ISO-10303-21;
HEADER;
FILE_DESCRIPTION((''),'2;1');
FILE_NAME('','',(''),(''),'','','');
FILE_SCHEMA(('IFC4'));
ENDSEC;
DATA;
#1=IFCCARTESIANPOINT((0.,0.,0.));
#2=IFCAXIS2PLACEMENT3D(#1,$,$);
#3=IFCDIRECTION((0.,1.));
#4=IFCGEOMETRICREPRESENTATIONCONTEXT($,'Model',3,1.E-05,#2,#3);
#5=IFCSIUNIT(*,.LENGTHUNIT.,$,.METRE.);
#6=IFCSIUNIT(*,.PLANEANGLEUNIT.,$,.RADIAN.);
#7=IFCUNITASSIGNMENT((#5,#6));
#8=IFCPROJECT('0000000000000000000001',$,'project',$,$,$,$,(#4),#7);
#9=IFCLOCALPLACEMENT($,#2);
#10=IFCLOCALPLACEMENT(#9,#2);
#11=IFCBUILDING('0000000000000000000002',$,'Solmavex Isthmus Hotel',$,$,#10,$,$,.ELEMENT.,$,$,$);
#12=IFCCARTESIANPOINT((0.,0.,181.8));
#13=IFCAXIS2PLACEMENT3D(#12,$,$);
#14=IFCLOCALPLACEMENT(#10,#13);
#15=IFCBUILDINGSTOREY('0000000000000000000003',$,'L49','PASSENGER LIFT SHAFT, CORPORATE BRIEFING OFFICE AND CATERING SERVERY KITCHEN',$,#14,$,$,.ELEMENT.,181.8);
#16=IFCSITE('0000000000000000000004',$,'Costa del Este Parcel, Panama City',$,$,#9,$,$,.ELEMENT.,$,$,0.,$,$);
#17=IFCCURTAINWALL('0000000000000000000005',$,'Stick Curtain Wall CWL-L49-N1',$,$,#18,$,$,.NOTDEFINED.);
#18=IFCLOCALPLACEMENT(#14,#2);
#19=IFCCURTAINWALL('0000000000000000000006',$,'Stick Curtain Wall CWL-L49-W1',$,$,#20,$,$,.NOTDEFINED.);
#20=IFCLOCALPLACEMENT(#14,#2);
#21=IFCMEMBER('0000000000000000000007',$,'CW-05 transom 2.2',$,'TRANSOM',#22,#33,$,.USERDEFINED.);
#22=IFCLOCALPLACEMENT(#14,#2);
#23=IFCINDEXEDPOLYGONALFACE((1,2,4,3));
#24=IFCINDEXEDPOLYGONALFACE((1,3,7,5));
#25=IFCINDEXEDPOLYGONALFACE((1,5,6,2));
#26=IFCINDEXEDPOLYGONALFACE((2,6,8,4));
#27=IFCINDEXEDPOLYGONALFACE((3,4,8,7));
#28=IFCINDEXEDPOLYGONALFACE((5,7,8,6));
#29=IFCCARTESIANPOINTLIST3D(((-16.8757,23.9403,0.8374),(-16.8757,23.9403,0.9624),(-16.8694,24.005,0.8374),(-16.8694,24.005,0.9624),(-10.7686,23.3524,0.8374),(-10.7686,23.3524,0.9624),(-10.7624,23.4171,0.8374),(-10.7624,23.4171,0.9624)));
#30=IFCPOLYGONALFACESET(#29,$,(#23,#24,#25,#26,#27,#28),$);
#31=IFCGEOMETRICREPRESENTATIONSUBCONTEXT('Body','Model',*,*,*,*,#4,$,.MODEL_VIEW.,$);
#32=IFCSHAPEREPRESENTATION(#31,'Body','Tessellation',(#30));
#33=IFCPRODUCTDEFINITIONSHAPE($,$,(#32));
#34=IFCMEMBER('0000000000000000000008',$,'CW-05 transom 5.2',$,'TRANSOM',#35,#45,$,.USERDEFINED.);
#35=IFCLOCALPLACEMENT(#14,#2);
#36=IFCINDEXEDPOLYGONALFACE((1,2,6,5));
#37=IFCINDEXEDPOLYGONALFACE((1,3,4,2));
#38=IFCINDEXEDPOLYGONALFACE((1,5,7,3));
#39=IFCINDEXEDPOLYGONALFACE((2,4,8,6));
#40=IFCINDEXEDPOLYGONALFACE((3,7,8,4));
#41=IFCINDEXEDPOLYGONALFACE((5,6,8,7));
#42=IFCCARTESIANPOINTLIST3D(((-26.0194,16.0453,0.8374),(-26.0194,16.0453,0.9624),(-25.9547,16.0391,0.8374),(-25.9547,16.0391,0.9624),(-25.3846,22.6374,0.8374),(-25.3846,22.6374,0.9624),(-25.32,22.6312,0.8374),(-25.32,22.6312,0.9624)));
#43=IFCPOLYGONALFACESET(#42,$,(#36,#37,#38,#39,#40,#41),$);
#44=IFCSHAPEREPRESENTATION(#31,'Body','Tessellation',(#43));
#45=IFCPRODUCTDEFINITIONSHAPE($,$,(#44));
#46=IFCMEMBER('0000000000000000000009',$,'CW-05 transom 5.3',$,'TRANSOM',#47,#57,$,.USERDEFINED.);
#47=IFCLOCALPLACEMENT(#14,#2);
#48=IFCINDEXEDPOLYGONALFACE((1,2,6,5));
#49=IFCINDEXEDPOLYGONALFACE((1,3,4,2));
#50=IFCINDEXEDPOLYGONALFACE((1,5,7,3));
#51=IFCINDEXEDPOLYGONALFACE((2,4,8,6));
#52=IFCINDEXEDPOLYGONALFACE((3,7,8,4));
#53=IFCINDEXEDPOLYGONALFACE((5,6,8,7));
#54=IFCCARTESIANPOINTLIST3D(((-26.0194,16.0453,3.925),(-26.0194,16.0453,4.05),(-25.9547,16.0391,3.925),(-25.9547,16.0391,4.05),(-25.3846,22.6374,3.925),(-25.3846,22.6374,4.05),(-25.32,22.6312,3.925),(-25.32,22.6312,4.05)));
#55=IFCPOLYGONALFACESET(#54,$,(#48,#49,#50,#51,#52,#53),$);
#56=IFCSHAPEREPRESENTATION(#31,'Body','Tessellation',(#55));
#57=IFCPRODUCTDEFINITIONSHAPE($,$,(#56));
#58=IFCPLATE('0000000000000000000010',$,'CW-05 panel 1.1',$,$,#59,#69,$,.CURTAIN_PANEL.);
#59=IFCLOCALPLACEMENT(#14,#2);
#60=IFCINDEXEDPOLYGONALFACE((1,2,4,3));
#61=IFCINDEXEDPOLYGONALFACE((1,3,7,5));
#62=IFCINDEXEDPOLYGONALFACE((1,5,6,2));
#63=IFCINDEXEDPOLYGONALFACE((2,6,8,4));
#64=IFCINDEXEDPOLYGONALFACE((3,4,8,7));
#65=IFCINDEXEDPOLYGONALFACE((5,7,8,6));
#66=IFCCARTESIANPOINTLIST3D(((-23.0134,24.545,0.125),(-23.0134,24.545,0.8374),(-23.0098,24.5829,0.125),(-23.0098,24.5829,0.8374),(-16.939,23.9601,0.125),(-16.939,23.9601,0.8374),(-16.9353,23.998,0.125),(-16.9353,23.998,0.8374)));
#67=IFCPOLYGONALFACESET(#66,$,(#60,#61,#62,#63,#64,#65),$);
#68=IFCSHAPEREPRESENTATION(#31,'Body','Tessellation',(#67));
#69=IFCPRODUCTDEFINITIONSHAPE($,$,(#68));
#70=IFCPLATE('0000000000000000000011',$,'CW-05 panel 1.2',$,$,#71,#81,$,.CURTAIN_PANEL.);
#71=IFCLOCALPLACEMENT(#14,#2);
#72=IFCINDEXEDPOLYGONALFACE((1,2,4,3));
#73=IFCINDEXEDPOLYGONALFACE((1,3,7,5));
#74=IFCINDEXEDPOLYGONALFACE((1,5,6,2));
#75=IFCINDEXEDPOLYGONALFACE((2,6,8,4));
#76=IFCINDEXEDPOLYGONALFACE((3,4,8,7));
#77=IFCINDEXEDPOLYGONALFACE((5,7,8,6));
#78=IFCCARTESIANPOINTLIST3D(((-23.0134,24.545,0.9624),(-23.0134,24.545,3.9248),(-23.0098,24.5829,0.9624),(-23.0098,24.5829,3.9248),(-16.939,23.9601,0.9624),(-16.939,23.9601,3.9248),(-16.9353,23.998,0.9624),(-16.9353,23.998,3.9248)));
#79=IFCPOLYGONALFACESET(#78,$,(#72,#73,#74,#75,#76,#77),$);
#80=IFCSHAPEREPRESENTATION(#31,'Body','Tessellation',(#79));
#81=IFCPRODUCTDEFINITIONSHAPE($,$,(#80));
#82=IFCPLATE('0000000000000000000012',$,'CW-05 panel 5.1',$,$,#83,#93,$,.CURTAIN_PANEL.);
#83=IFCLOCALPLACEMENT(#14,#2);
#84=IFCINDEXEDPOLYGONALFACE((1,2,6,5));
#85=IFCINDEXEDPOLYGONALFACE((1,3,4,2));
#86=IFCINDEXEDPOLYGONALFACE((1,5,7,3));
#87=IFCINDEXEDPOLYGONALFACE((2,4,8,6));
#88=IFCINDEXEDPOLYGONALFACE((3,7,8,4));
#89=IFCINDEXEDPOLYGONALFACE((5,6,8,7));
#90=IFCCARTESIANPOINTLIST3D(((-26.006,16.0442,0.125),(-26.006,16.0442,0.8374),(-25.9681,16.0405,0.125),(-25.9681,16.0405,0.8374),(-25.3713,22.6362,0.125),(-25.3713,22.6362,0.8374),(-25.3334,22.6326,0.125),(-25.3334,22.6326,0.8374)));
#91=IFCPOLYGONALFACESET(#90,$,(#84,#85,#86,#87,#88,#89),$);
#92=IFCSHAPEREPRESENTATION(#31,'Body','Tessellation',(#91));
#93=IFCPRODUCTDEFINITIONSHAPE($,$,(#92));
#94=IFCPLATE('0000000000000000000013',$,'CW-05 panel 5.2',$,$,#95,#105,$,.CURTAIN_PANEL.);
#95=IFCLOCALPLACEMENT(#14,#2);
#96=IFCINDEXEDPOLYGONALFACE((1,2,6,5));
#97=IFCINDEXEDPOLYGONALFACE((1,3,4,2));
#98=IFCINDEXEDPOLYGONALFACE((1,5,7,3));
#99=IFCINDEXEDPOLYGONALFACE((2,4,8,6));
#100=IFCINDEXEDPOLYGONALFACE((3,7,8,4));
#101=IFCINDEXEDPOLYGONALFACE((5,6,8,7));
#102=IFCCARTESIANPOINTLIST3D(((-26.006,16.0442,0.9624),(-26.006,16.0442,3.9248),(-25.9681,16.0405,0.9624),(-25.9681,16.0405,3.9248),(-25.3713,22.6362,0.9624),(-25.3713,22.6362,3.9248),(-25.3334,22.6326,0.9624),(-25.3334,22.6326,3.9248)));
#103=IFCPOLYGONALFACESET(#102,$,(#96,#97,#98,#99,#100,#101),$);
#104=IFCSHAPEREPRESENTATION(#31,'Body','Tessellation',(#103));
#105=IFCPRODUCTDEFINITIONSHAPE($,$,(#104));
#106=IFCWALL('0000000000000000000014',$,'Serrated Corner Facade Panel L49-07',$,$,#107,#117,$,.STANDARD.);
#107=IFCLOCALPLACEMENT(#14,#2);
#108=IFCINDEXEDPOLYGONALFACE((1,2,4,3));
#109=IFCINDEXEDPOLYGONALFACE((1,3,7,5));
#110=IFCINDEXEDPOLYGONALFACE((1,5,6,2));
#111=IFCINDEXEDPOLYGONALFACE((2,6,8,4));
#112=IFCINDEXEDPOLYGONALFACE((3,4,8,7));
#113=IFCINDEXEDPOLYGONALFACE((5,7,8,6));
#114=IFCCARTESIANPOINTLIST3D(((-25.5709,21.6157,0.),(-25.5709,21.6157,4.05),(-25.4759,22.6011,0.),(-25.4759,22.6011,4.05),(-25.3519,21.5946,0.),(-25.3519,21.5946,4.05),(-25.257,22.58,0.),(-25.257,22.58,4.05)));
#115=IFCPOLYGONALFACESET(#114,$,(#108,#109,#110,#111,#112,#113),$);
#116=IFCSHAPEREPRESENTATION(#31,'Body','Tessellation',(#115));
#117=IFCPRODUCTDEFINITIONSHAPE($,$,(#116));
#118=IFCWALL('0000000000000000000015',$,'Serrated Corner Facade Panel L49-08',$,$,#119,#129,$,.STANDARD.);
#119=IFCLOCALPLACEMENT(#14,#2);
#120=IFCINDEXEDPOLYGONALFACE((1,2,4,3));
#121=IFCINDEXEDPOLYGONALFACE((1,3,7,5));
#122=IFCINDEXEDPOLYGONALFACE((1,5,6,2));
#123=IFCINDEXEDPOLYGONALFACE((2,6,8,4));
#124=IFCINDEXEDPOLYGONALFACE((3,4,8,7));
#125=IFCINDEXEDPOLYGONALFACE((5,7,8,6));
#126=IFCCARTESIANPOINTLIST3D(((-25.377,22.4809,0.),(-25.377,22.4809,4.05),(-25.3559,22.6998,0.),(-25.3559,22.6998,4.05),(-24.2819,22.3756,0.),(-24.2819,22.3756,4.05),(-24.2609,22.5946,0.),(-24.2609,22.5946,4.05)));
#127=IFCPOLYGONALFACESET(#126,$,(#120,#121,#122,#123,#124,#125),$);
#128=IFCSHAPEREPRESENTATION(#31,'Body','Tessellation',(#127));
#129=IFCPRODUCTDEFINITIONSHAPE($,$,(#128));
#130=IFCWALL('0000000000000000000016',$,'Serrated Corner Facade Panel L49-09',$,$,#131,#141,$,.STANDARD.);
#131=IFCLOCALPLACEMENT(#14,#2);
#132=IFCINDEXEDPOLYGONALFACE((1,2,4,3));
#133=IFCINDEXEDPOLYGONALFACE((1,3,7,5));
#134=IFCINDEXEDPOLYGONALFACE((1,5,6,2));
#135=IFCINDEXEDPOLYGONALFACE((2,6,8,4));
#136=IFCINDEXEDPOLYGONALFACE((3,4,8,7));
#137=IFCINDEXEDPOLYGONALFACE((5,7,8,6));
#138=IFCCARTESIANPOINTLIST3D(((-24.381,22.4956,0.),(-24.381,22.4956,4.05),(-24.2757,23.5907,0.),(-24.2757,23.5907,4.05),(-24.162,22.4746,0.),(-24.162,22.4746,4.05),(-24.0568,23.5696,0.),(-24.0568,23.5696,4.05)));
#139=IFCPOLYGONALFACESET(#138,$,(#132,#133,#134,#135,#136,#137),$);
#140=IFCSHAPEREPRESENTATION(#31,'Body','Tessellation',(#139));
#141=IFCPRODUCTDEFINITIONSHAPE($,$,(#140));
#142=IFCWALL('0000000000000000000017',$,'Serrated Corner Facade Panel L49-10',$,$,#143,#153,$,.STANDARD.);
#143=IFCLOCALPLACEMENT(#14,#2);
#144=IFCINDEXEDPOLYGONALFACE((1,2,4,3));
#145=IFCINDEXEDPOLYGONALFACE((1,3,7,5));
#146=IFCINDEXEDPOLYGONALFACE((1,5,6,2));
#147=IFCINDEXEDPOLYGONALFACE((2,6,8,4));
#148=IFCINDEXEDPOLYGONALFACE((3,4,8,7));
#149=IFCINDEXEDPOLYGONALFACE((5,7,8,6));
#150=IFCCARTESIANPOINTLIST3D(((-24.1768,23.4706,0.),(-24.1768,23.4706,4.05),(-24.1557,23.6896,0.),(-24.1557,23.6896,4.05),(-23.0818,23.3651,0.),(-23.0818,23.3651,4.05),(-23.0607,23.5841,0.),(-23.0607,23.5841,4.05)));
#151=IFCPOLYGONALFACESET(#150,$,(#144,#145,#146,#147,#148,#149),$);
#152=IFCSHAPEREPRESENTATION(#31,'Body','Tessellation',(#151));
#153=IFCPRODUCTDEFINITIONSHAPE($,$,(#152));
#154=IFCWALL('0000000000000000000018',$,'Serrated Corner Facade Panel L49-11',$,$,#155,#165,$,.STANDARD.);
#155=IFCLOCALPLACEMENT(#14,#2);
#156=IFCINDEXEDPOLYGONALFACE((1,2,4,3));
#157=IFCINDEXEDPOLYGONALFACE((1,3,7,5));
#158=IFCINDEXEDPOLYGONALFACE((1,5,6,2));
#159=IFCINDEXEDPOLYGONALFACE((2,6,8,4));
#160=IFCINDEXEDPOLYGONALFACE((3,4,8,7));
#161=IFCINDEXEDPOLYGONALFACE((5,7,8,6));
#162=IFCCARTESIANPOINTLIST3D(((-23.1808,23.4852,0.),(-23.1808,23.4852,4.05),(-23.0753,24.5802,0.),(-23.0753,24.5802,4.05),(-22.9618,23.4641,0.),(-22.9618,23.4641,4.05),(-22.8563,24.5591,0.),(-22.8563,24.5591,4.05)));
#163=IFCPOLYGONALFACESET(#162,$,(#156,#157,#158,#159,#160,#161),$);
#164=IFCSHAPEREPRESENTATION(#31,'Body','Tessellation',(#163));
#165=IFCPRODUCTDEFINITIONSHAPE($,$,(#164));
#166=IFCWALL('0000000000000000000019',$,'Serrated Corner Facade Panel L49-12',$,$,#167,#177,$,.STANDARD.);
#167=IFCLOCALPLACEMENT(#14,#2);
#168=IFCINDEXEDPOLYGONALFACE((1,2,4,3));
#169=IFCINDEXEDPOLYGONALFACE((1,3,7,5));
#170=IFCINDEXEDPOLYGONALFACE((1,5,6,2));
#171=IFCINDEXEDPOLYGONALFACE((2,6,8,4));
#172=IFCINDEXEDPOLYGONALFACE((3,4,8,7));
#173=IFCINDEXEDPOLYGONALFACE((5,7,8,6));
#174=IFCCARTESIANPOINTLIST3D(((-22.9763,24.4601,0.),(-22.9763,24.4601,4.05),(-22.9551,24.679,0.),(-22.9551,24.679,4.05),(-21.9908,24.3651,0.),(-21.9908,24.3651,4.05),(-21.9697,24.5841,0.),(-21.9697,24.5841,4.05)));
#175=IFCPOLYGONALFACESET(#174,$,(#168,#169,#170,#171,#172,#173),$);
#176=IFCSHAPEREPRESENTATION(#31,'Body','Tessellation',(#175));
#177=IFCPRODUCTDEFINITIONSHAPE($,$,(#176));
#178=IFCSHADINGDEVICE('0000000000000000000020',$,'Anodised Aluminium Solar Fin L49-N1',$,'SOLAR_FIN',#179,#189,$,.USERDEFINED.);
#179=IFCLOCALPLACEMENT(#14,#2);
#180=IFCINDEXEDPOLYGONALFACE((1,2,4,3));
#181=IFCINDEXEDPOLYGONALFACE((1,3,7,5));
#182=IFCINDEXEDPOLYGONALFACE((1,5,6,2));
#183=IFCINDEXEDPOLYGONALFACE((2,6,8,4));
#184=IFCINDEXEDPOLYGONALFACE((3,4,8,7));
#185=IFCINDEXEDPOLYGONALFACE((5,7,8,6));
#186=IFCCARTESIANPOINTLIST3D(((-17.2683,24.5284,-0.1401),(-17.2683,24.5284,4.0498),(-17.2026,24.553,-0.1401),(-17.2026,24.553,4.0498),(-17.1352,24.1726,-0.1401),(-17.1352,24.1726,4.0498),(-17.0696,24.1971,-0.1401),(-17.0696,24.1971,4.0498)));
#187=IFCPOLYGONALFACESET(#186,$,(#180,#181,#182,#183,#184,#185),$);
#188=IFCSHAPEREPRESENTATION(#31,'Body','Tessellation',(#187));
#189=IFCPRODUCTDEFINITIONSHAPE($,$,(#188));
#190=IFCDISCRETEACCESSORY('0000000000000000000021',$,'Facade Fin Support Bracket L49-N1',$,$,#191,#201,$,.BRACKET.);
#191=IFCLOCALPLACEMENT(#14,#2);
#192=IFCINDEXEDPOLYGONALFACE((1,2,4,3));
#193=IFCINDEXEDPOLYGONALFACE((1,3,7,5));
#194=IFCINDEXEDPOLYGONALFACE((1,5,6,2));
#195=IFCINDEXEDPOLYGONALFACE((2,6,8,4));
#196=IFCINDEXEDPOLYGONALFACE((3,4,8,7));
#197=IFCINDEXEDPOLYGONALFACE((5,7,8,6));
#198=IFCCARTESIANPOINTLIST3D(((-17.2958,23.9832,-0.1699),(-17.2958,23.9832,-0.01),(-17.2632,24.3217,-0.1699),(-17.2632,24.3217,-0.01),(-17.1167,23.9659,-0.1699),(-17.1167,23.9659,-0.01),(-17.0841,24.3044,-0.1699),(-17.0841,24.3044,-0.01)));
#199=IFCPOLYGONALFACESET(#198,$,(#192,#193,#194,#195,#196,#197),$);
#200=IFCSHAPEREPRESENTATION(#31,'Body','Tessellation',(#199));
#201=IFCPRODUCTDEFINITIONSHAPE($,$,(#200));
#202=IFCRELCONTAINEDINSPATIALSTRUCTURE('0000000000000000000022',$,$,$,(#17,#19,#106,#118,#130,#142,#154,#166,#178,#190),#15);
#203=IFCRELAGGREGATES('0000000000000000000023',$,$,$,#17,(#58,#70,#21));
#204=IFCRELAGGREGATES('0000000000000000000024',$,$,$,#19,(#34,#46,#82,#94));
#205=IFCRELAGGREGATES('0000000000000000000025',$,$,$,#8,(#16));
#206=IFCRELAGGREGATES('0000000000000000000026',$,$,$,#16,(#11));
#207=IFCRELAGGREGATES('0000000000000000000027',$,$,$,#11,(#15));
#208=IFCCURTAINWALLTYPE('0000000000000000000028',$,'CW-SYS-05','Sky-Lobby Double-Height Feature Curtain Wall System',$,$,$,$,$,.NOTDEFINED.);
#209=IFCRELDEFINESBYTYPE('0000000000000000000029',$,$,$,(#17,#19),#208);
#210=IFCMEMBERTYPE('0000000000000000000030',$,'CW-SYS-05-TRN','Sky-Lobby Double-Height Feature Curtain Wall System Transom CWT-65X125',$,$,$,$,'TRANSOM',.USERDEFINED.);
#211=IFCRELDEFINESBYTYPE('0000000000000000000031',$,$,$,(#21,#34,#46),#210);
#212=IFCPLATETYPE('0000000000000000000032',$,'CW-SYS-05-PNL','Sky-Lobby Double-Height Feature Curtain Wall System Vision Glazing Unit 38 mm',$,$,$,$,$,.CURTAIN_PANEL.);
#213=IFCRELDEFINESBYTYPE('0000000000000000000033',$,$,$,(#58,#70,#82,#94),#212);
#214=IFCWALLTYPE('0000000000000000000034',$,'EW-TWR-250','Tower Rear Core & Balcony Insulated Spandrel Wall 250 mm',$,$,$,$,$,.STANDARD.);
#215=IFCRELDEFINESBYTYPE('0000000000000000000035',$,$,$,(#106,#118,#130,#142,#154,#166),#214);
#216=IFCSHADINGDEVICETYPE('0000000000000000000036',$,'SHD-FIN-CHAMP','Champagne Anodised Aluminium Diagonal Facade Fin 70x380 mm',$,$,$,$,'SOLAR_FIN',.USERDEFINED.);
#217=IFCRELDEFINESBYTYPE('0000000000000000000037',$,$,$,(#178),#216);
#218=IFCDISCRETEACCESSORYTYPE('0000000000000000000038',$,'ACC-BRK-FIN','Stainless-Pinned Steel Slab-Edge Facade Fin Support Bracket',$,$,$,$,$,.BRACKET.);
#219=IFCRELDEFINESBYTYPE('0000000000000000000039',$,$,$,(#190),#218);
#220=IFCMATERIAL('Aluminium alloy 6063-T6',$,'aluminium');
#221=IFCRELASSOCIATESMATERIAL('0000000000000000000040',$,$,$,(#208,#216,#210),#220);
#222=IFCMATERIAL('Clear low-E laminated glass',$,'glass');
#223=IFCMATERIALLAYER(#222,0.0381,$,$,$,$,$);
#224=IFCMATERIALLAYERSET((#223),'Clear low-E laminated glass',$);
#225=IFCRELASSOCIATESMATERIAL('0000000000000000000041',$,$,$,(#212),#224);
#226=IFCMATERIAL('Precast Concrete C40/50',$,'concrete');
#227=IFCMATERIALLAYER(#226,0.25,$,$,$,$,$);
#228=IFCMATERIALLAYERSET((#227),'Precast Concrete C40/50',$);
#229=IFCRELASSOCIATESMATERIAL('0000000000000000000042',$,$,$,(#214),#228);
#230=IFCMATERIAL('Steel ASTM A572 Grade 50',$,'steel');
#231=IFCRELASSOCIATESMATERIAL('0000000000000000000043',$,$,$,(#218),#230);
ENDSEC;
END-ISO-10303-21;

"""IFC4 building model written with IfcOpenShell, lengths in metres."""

from ifc_helpers import new_model, si_unit, direction, frame, frame_2d, origin, origin_2d, place, context, subcontext, project, spatial, rectangle, extrude, material, layer, layer_set, material_profile, profile_set, type_object, element, aggregate, save


model = new_model("IFC4")

# Units and contexts
model_context = context("Model", 3, precision=1e-05, world=origin(), true_north=direction((0.0, 1.0)))
body_context = subcontext(model_context, "Body", "Model", "MODEL_VIEW")
ifc_project = project(units=[si_unit("LENGTHUNIT", "METRE"), si_unit("PLANEANGLEUNIT", "RADIAN")], contexts=[model_context])

# Site, building, storey
site_placement = place(None, origin())
site = spatial("IfcSite", under=ifc_project, at=site_placement, Name="Costa del Este Parcel, Panama City", CompositionType="ELEMENT", RefElevation=0.0)
building_placement = place(site_placement, origin())
building = spatial("IfcBuilding", under=site, at=building_placement, Name="Solmavex Isthmus Hotel", CompositionType="ELEMENT")
storey_placement = place(building_placement, frame((0.0, 0.0, 181.8)))
storey = spatial("IfcBuildingStorey", under=building, at=storey_placement, Name="L49", Description="PASSENGER LIFT SHAFT, CORPORATE BRIEFING OFFICE AND CATERING SERVERY KITCHEN", CompositionType="ELEMENT", Elevation=181.8)

# Curtain wall
ifc_material_1 = material(Name="Aluminium alloy 6063-T6", Category="aluminium")
curtain_wall_type = type_object("IfcCurtainWallType", Name="CW-SYS-05", Description="Sky-Lobby Double-Height Feature Curtain Wall System", PredefinedType="NOTDEFINED", material=ifc_material_1)
curtain_wall_1_placement = place(storey_placement, origin())
curtain_wall_1 = element("IfcCurtainWall", 1, at=curtain_wall_1_placement, inside=storey, type_object=curtain_wall_type, Name="Stick Curtain Wall CWL-L49-N1", PredefinedType="NOTDEFINED")

# Curtain wall
curtain_wall_2_placement = place(storey_placement, origin())
curtain_wall_2 = element("IfcCurtainWall", 2, at=curtain_wall_2_placement, inside=storey, type_object=curtain_wall_type, Name="Stick Curtain Wall CWL-L49-W1", PredefinedType="NOTDEFINED")

# Members
ifc_material_profile_1 = material_profile(ifc_material_1, rectangle(XDim=0.0649, YDim=0.125, at=origin_2d()), Name="CWT-65X125")
ifc_profile_set_1 = profile_set([ifc_material_profile_1], Name="Aluminium alloy 6063-T6")
member_type_1 = type_object("IfcMemberType", Name="CW-SYS-05-TRN", Description="Sky-Lobby Double-Height Feature Curtain Wall System Transom CWT-65X125", ElementType="TRANSOM", PredefinedType="USERDEFINED", material=ifc_profile_set_1)
member_1_placement = place(storey_placement, frame((-16.8726, 23.9727, 0.8999), z_axis=(0.995398, -0.095823, 0.0), x_axis=(0.095823, 0.995398, 0.0)))
member_1 = element("IfcMember", 3, at=member_1_placement, type_object=member_type_1, Name="CW-05 transom 2.2", ObjectType="TRANSOM", PredefinedType="USERDEFINED", context=body_context, shape_type="SweptSolid", body=[
    extrude(rectangle(XDim=0.0649, YDim=0.125, at=origin_2d()), origin(), (0.0, 0.0, 1.0), 6.1353),
])
member_2_placement = place(storey_placement, frame((-25.9871, 16.0422, 0.8999), z_axis=(0.095849, 0.995396, 0.0), x_axis=(-0.995396, 0.095849, 0.0)))
member_2 = element("IfcMember", 4, at=member_2_placement, type_object=member_type_1, Name="CW-05 transom 5.2", ObjectType="TRANSOM", PredefinedType="USERDEFINED", context=body_context, shape_type="SweptSolid", body=[
    extrude(rectangle(XDim=0.0649, YDim=0.125, at=origin_2d()), origin(), (0.0, 0.0, 1.0), 6.6226),
])
member_3_placement = place(storey_placement, frame((-25.9871, 16.0422, 3.9875), z_axis=(0.095849, 0.995396, 0.0), x_axis=(-0.995396, 0.095849, 0.0)))
member_3 = element("IfcMember", 5, at=member_3_placement, type_object=member_type_1, Name="CW-05 transom 5.3", ObjectType="TRANSOM", PredefinedType="USERDEFINED", context=body_context, shape_type="SweptSolid", body=[
    extrude(rectangle(XDim=0.0649, YDim=0.125, at=origin_2d()), origin(), (0.0, 0.0, 1.0), 6.6226),
])

# Plates
ifc_material_2 = material(Name="Clear low-E laminated glass", Category="glass")
ifc_layer_1 = layer(ifc_material_2, 0.0381)
ifc_layer_set_1 = layer_set([ifc_layer_1], Name="Clear low-E laminated glass")
plate_type = type_object("IfcPlateType", Name="CW-SYS-05-PNL", Description="Sky-Lobby Double-Height Feature Curtain Wall System Vision Glazing Unit 38 mm", PredefinedType="CURTAIN_PANEL", material=ifc_layer_set_1)
plate_1_placement = place(storey_placement, frame((-19.9744, 24.2715, 0.125), z_axis=(0.0, 0.0, 1.0), x_axis=(0.995396, -0.095846, 0.0)))
plate_1 = element("IfcPlate", 6, at=plate_1_placement, type_object=plate_type, Name="CW-05 panel 1.1", PredefinedType="CURTAIN_PANEL", context=body_context, shape_type="SweptSolid", body=[
    extrude(rectangle(XDim=6.1025, YDim=0.0381, at=origin_2d()), origin(), (0.0, 0.0, 1.0), 0.7124),
])
plate_2_placement = place(storey_placement, frame((-19.9744, 24.2715, 0.9624), z_axis=(0.0, 0.0, 1.0), x_axis=(0.995396, -0.095846, 0.0)))
plate_2 = element("IfcPlate", 7, at=plate_2_placement, type_object=plate_type, Name="CW-05 panel 1.2", PredefinedType="CURTAIN_PANEL", context=body_context, shape_type="SweptSolid", body=[
    extrude(rectangle(XDim=6.1025, YDim=0.0381, at=origin_2d()), origin(), (0.0, 0.0, 1.0), 2.9624),
])
aggregate(curtain_wall_1, [plate_1, plate_2, member_1])
plate_3_placement = place(storey_placement, frame((-25.6697, 19.3384, 0.125), z_axis=(0.0, 0.0, 1.0), x_axis=(0.095846, 0.995396, 0.0)))
plate_3 = element("IfcPlate", 8, at=plate_3_placement, type_object=plate_type, Name="CW-05 panel 5.1", PredefinedType="CURTAIN_PANEL", context=body_context, shape_type="SweptSolid", body=[
    extrude(rectangle(XDim=6.6226, YDim=0.0381, at=origin_2d()), origin(), (0.0, 0.0, 1.0), 0.7124),
])
plate_4_placement = place(storey_placement, frame((-25.6697, 19.3384, 0.9624), z_axis=(0.0, 0.0, 1.0), x_axis=(0.095846, 0.995396, 0.0)))
plate_4 = element("IfcPlate", 9, at=plate_4_placement, type_object=plate_type, Name="CW-05 panel 5.2", PredefinedType="CURTAIN_PANEL", context=body_context, shape_type="SweptSolid", body=[
    extrude(rectangle(XDim=6.6226, YDim=0.0381, at=origin_2d()), origin(), (0.0, 0.0, 1.0), 2.9624),
])
aggregate(curtain_wall_2, [member_2, member_3, plate_3, plate_4])

# Walls
ifc_material_3 = material(Name="Precast Concrete C40/50", Category="concrete")
ifc_layer_2 = layer(ifc_material_3, 0.25)
ifc_layer_set_2 = layer_set([ifc_layer_2], Name="Precast Concrete C40/50")
wall_type = type_object("IfcWallType", Name="EW-TWR-250", Description="Tower Rear Core & Balcony Insulated Spandrel Wall 250 mm", PredefinedType="STANDARD", material=ifc_layer_set_2)
wall_1_placement = place(storey_placement, frame((-25.4614, 21.605, 0.0), z_axis=(0.0, 0.0, 1.0), x_axis=(0.095938, 0.995387, 0.0)))
element("IfcWall", 10, at=wall_1_placement, inside=storey, type_object=wall_type, Name="Serrated Corner Facade Panel L49-07", PredefinedType="STANDARD", context=body_context, shape_type="SweptSolid", body=[
    extrude(rectangle(XDim=0.99, YDim=0.22, at=frame_2d((0.4951, 0.0))), origin(), (0.0, 0.0, 1.0), 4.05),
])
for number, where, z_axis, x_axis, name in (
    (11, (-25.3665, 22.5903, 0.0), (0.0, 0.0, 1.0), (0.995414, -0.095657, 0.0), "Serrated Corner Facade Panel L49-08"),
    (12, (-24.2715, 22.4851, 0.0), (0.0, 0.0, 1.0), (0.095657, 0.995414, 0.0), "Serrated Corner Facade Panel L49-09"),
    (13, (-24.1663, 23.5801, 0.0), (0.0, 0.0, 1.0), (0.995393, -0.095877, 0.0), "Serrated Corner Facade Panel L49-10"),
    (14, (-23.0713, 23.4746, 0.0), (0.0, 0.0, 1.0), (0.095877, 0.995393, 0.0), "Serrated Corner Facade Panel L49-11"),
):
    element("IfcWall", number, at=place(storey_placement, frame(where, z_axis=z_axis, x_axis=x_axis)), inside=storey, type_object=wall_type, Name=name, PredefinedType="STANDARD", context=body_context, shape_type="SweptSolid", body=[
        extrude(rectangle(XDim=1.1001, YDim=0.22, at=frame_2d((0.55, 0.0))), origin(), (0.0, 0.0, 1.0), 4.05),
    ])
wall_2_placement = place(storey_placement, frame((-22.9658, 24.5696, 0.0), z_axis=(0.0, 0.0, 1.0), x_axis=(0.995387, -0.095938, 0.0)))
element("IfcWall", 15, at=wall_2_placement, inside=storey, type_object=wall_type, Name="Serrated Corner Facade Panel L49-12", PredefinedType="STANDARD", context=body_context, shape_type="SweptSolid", body=[
    extrude(rectangle(XDim=0.99, YDim=0.22, at=frame_2d((0.4951, 0.0))), origin(), (0.0, 0.0, 1.0), 4.05),
])

# Shading device
shading_device_type = type_object("IfcShadingDeviceType", Name="SHD-FIN-CHAMP", Description="Champagne Anodised Aluminium Diagonal Facade Fin 70x380 mm", ElementType="SOLAR_FIN", PredefinedType="USERDEFINED", material=ifc_material_1)
shading_device_placement = place(storey_placement, frame((-17.1689, 24.3628, -0.1401), z_axis=(0.0, 0.0, 1.0), x_axis=(-0.350207, 0.936672, 0.0)))
element("IfcShadingDevice", 16, at=shading_device_placement, inside=storey, type_object=shading_device_type, Name="Anodised Aluminium Solar Fin L49-N1", ObjectType="SOLAR_FIN", PredefinedType="USERDEFINED", context=body_context, shape_type="SweptSolid", body=[
    extrude(rectangle(XDim=0.3799, YDim=0.0701, at=origin_2d()), origin(), (0.0, 0.0, 1.0), 4.1899),
])

# Discrete accessory
ifc_material_4 = material(Name="Steel ASTM A572 Grade 50", Category="steel")
discrete_accessory_type = type_object("IfcDiscreteAccessoryType", Name="ACC-BRK-FIN", Description="Stainless-Pinned Steel Slab-Edge Facade Fin Support Bracket", PredefinedType="BRACKET", material=ifc_material_4)
discrete_accessory_placement = place(storey_placement, frame((-17.1899, 24.1438, -0.1699), z_axis=(0.0, 0.0, 1.0), x_axis=(0.095846, 0.995396, 0.0)))
element("IfcDiscreteAccessory", 17, at=discrete_accessory_placement, inside=storey, type_object=discrete_accessory_type, Name="Facade Fin Support Bracket L49-N1", PredefinedType="BRACKET", context=body_context, shape_type="SweptSolid", body=[
    extrude(rectangle(XDim=0.3401, YDim=0.1799, at=origin_2d()), origin(), (0.0, 0.0, 1.0), 0.1599),
])

save(model, "model.ifc")
